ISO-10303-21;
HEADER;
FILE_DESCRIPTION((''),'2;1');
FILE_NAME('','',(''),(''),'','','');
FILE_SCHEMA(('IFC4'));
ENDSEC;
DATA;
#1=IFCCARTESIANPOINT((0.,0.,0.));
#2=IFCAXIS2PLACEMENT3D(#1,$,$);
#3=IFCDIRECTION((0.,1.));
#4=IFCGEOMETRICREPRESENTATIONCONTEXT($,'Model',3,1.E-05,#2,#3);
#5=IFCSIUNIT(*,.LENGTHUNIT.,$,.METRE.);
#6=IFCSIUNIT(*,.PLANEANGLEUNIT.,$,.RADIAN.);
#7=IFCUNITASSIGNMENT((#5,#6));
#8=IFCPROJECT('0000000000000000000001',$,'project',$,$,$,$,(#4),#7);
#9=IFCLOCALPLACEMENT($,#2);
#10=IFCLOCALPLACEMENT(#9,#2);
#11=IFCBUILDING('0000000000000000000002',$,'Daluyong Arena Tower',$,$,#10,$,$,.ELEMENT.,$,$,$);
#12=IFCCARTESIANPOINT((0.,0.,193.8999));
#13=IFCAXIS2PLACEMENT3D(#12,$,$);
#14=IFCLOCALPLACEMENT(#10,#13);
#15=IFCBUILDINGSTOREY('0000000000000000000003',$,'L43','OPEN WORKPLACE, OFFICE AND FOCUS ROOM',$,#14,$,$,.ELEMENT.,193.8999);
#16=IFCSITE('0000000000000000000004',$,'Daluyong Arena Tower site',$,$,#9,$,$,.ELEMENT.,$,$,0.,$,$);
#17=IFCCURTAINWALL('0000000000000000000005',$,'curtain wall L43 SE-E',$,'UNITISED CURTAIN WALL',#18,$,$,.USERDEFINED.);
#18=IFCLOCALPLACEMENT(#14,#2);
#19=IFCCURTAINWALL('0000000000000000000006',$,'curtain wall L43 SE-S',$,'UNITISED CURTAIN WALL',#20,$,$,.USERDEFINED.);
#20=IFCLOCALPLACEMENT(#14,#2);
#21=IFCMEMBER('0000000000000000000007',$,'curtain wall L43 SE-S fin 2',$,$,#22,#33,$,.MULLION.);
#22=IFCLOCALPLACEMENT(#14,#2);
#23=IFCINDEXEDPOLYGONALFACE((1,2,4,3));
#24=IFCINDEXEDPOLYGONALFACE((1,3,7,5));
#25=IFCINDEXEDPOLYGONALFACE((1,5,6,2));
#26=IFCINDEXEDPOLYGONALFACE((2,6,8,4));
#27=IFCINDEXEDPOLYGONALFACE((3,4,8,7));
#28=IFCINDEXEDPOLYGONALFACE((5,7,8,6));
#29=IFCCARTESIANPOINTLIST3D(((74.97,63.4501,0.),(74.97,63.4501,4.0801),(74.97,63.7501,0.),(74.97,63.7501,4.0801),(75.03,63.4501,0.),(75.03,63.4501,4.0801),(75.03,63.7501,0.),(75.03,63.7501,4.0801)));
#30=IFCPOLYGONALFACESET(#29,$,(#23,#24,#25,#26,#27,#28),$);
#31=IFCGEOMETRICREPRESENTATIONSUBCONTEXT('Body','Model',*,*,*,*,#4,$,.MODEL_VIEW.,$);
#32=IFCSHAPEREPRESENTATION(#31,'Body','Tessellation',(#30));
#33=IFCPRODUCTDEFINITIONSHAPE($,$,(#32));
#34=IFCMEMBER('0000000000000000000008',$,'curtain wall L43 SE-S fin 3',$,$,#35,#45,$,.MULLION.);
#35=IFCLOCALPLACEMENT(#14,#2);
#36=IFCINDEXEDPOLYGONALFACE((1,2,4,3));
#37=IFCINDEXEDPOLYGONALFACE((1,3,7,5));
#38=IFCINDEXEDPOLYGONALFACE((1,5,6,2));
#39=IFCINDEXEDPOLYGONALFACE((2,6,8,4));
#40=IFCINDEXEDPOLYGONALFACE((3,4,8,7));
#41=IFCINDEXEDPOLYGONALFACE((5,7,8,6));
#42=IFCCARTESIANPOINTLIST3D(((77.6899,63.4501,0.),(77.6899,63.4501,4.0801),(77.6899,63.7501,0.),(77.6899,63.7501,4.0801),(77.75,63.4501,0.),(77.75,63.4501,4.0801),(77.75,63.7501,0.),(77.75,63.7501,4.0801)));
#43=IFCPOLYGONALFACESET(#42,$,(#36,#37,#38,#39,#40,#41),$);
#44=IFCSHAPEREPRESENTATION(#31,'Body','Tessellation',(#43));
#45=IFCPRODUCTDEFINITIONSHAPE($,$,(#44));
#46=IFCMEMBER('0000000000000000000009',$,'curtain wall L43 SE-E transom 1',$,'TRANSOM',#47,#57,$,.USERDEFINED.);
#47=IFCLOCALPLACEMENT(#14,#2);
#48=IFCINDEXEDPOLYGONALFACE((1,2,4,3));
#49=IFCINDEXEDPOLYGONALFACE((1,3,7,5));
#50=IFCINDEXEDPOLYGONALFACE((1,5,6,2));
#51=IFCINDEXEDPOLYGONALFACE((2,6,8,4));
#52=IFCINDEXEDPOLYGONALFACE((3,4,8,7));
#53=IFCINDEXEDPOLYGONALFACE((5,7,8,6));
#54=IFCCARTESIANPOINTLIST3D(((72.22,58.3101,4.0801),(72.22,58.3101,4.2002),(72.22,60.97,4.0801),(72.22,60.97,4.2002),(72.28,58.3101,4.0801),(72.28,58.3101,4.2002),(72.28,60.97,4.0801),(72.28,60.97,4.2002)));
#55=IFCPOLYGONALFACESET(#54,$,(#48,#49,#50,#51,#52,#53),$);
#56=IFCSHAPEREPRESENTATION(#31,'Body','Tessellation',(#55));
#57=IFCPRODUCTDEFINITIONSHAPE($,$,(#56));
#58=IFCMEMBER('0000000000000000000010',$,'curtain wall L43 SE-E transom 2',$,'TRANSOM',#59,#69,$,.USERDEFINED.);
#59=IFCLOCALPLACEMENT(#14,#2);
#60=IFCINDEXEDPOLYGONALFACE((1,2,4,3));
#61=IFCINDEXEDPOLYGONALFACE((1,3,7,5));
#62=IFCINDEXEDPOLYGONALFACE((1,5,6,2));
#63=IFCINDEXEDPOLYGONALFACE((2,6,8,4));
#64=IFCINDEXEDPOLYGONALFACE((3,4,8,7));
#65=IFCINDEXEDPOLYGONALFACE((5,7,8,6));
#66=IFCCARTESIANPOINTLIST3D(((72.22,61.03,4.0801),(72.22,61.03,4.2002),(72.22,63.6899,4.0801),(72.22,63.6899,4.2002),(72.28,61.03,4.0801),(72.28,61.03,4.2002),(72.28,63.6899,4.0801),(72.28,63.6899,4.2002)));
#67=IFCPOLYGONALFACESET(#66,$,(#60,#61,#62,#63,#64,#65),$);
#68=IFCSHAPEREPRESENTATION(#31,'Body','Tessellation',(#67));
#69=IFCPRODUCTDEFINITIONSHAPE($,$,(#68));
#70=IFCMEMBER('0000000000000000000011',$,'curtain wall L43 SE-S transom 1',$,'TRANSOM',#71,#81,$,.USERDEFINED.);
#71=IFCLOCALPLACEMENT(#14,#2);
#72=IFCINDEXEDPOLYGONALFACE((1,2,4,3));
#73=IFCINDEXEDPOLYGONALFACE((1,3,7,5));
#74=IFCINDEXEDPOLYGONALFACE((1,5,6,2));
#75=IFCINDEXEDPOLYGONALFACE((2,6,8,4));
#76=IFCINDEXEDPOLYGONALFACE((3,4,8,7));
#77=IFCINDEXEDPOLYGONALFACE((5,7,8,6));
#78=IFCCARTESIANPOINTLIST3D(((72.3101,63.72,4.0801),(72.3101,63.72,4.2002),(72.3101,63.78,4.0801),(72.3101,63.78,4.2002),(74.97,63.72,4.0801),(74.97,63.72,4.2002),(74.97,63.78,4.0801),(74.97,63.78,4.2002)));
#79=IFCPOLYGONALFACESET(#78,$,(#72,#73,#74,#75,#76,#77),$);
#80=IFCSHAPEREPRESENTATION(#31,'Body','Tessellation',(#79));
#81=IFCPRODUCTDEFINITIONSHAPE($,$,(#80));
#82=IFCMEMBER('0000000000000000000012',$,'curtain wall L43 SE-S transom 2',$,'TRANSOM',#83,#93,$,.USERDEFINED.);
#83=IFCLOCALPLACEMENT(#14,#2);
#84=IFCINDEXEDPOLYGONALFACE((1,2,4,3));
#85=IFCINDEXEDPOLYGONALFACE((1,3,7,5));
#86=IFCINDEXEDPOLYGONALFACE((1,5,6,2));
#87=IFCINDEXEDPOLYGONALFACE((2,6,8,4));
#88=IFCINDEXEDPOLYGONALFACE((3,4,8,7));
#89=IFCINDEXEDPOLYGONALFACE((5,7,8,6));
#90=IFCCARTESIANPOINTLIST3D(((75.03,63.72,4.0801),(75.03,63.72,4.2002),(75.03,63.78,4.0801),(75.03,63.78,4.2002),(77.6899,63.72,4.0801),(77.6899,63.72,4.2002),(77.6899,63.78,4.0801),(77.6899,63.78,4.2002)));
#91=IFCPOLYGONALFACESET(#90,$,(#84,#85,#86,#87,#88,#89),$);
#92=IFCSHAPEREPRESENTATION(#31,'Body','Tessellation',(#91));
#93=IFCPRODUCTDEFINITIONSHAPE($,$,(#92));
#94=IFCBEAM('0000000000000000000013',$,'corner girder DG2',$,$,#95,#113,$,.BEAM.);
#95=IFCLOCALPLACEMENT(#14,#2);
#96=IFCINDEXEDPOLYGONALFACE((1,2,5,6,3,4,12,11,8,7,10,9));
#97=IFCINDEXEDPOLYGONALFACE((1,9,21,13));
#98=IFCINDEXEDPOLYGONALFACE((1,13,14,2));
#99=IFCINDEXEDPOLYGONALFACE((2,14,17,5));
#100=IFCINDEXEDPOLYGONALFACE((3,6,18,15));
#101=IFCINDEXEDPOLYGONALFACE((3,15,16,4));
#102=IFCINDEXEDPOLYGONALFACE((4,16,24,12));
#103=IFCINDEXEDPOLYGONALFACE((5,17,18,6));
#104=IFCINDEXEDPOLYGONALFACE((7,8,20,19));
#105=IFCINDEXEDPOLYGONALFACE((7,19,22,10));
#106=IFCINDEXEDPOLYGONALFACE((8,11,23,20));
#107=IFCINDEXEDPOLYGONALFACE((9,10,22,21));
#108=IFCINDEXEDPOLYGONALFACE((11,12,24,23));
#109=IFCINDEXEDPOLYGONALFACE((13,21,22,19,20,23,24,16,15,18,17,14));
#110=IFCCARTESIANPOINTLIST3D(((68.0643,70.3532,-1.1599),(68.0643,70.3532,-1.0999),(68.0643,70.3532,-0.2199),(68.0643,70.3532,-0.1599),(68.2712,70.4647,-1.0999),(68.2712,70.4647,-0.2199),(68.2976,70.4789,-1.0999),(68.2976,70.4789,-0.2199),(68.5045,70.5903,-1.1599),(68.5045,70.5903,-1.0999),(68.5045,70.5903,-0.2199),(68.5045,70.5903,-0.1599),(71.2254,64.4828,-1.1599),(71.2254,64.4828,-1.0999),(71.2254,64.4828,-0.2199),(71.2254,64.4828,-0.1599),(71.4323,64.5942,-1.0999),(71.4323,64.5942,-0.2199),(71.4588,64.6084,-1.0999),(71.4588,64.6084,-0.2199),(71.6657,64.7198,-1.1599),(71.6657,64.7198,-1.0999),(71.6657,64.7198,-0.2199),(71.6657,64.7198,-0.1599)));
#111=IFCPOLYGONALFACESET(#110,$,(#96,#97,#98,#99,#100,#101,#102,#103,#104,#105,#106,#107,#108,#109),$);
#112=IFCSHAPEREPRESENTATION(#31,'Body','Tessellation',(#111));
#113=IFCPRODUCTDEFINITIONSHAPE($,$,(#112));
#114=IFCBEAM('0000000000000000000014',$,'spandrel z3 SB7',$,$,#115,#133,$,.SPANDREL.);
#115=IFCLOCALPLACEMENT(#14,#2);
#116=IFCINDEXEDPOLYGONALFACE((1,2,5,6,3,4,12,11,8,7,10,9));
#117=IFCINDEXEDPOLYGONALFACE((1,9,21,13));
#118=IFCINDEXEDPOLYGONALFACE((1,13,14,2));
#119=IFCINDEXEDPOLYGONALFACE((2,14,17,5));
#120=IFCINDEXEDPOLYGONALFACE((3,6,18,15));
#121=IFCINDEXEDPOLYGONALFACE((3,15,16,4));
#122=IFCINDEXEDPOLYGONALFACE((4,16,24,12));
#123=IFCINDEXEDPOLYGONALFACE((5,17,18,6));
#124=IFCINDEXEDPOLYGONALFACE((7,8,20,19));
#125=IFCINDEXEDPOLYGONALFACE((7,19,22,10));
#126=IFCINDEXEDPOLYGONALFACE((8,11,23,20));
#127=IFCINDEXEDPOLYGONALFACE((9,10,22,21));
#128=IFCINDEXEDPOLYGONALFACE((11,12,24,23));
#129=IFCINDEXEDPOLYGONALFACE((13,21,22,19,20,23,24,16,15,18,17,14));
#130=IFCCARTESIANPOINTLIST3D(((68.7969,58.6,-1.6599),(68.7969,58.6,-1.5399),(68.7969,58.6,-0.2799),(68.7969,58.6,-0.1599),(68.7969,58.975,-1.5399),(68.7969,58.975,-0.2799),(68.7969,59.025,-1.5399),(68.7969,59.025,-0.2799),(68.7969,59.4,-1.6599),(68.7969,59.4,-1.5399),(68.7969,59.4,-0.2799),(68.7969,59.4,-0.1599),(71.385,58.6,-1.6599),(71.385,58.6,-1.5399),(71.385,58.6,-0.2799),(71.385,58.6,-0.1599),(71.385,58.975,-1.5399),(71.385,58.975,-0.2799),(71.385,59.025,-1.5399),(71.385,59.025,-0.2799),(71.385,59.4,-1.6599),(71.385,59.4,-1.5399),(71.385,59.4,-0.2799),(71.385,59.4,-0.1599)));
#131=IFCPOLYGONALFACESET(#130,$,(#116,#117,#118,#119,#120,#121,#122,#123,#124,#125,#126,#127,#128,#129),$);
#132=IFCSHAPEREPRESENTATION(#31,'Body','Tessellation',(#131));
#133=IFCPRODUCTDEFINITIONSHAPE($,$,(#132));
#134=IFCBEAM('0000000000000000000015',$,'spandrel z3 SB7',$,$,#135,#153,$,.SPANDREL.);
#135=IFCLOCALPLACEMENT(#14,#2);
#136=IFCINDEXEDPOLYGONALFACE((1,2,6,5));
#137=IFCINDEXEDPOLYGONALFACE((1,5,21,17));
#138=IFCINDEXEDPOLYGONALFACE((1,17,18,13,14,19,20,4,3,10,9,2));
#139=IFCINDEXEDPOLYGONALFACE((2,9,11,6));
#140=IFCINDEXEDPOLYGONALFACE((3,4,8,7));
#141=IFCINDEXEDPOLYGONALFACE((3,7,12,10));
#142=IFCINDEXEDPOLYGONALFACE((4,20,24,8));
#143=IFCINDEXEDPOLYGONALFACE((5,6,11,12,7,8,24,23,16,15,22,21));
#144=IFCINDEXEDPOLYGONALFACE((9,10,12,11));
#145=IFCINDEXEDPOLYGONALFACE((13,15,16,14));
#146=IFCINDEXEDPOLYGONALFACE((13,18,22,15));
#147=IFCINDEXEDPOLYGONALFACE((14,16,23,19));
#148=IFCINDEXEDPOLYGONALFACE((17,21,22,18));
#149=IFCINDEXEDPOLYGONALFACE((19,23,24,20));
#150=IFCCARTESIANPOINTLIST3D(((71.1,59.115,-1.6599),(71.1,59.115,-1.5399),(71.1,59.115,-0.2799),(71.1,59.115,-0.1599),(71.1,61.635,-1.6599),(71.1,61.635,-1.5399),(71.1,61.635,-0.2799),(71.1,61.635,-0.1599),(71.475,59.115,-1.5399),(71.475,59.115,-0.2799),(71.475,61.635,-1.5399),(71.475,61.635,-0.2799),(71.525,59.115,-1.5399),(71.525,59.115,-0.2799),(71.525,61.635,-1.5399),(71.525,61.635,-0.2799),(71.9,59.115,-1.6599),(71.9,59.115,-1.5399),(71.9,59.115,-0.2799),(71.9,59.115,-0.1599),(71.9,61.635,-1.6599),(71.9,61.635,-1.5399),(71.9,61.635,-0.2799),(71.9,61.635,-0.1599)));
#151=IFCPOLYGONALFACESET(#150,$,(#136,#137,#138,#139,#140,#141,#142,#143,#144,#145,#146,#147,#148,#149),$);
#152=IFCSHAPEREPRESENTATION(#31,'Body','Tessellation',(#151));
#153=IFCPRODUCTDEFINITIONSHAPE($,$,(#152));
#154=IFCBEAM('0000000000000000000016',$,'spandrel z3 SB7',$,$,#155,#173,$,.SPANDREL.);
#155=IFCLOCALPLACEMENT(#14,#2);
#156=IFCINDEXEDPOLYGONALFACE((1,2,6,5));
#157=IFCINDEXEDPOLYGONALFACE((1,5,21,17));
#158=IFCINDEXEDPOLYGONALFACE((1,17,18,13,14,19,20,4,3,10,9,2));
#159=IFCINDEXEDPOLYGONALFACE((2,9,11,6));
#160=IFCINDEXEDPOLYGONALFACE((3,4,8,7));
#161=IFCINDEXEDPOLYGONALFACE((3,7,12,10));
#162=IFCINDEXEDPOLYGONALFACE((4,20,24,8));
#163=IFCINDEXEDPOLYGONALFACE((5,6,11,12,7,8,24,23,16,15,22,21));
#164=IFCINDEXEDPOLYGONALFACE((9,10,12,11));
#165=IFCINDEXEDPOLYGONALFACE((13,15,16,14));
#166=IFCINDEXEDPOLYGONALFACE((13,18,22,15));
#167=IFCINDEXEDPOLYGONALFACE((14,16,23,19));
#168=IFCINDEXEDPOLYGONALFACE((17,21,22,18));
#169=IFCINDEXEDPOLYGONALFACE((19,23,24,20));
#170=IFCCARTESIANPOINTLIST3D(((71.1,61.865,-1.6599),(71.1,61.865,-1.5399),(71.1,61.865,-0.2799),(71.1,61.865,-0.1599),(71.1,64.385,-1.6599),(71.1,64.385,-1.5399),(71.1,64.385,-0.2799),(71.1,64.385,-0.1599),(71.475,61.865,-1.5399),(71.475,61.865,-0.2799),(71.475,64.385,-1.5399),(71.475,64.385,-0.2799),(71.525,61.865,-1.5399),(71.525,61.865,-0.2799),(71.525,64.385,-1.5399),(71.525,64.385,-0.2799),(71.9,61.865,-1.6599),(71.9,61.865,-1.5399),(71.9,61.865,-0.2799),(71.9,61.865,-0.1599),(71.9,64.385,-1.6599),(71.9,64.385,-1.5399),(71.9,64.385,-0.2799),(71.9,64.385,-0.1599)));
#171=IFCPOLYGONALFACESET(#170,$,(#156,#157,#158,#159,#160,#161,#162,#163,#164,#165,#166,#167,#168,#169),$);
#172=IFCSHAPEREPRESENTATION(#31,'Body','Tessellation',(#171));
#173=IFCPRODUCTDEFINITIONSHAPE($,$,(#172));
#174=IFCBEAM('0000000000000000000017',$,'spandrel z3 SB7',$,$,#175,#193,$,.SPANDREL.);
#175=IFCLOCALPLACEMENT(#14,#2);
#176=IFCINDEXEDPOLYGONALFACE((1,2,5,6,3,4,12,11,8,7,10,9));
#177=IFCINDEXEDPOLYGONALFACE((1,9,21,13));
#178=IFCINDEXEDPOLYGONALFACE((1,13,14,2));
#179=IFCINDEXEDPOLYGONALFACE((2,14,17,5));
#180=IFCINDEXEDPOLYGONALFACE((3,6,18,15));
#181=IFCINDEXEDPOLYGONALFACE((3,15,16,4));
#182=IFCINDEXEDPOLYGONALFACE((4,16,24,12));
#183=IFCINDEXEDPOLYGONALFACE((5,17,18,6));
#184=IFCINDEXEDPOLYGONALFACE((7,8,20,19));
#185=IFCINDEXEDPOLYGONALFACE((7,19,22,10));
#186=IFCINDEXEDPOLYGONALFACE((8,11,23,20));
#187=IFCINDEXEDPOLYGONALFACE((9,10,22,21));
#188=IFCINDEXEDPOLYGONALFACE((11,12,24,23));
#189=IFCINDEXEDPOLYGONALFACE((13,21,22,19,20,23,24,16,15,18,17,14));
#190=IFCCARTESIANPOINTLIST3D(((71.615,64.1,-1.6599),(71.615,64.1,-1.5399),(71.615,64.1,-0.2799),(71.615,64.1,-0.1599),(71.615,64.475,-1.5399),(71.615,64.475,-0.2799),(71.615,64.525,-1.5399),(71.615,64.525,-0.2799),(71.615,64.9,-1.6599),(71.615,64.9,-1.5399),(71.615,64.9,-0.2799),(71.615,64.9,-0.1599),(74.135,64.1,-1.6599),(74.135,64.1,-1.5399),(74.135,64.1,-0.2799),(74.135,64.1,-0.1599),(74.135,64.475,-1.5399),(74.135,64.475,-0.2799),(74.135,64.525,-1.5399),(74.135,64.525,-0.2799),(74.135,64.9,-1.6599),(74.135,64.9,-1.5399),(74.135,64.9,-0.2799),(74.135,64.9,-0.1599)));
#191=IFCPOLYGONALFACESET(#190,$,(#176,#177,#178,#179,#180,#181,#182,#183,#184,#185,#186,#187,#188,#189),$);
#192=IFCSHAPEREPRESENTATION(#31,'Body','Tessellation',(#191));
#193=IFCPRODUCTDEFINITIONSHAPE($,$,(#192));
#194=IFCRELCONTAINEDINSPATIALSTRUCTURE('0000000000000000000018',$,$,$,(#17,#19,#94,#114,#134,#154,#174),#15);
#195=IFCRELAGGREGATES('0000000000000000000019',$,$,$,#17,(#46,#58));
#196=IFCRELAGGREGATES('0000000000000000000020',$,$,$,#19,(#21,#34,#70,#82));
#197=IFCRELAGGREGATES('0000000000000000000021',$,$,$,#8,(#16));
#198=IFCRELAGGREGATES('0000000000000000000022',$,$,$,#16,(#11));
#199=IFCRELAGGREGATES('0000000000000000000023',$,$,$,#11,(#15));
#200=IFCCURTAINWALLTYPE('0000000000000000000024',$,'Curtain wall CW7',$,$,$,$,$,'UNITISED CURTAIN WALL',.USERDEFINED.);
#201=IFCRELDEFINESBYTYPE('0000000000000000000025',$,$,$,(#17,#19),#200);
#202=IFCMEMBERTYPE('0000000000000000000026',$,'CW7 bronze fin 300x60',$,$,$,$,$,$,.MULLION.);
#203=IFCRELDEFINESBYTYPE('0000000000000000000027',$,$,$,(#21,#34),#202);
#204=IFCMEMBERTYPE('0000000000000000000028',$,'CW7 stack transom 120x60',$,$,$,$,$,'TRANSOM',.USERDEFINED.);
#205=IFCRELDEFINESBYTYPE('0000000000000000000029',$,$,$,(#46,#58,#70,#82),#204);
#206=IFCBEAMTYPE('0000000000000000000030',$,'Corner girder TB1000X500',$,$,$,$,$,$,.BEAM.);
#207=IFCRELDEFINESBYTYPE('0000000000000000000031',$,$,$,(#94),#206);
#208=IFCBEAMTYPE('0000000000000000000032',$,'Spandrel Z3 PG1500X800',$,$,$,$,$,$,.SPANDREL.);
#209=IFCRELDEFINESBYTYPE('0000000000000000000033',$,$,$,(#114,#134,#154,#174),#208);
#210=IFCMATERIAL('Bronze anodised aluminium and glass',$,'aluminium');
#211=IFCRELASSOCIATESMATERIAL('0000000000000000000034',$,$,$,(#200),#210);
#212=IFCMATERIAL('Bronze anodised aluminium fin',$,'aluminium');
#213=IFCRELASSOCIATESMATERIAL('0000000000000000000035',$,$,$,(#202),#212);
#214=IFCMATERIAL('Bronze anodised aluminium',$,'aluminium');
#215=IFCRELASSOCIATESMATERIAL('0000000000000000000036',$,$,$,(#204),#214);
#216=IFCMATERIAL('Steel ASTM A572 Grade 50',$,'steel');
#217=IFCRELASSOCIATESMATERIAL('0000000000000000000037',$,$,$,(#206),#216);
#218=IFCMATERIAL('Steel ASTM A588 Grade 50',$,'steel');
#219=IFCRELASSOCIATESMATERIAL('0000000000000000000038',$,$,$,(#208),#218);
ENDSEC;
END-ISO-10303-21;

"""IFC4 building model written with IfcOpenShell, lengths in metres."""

from ifc_helpers import new_model, si_unit, direction, frame, origin, origin_2d, place, context, subcontext, project, spatial, rectangle, i_section, extrude, material, material_profile, profile_set, type_object, element, aggregate, save


model = new_model("IFC4")

# Units and contexts
model_context = context("Model", 3, precision=1e-05, world=origin(), true_north=direction((0.0, 1.0)))
body_context = subcontext(model_context, "Body", "Model", "MODEL_VIEW")
ifc_project = project(units=[si_unit("LENGTHUNIT", "METRE"), si_unit("PLANEANGLEUNIT", "RADIAN")], contexts=[model_context])

# Site, building, storey
site_placement = place(None, origin())
site = spatial("IfcSite", under=ifc_project, at=site_placement, Name="Daluyong Arena Tower site", CompositionType="ELEMENT", RefElevation=0.0)
building_placement = place(site_placement, origin())
building = spatial("IfcBuilding", under=site, at=building_placement, Name="Daluyong Arena Tower", CompositionType="ELEMENT")
storey_placement = place(building_placement, frame((0.0, 0.0, 193.8999)))
storey = spatial("IfcBuildingStorey", under=building, at=storey_placement, Name="L43", Description="OPEN WORKPLACE, OFFICE AND FOCUS ROOM", CompositionType="ELEMENT", Elevation=193.8999)

# Curtain walls, members
ifc_material_1 = material(Name="Bronze anodised aluminium and glass", Category="aluminium")
curtain_wall_type_1 = type_object("IfcCurtainWallType", Name="Curtain wall CW7", ElementType="UNITISED CURTAIN WALL", PredefinedType="USERDEFINED", material=ifc_material_1)
curtain_wall_1_placement = place(storey_placement, origin())
curtain_wall_1 = element("IfcCurtainWall", 1, at=curtain_wall_1_placement, inside=storey, type_object=curtain_wall_type_1, Name="curtain wall L43 SE-E", ObjectType="UNITISED CURTAIN WALL", PredefinedType="USERDEFINED")
ifc_material_2 = material(Name="Bronze anodised aluminium fin", Category="aluminium")
ifc_material_profile_1 = material_profile(ifc_material_2, rectangle(XDim=0.3, YDim=0.0601, at=origin_2d()))
ifc_profile_set_1 = profile_set([ifc_material_profile_1], Name="Bronze anodised aluminium fin")
member_type_1 = type_object("IfcMemberType", Name="CW7 bronze fin 300x60", PredefinedType="MULLION", material=ifc_profile_set_1)
curtain_wall_2_placement = place(storey_placement, origin())
curtain_wall_2 = element("IfcCurtainWall", 2, at=curtain_wall_2_placement, inside=storey, type_object=curtain_wall_type_1, Name="curtain wall L43 SE-S", ObjectType="UNITISED CURTAIN WALL", PredefinedType="USERDEFINED")
member_1_placement = place(storey_placement, frame((75.0, 63.6001, 0.0), z_axis=(0.0, 0.0, 1.0), x_axis=(0.0, 1.0, 0.0)))
member_1 = element("IfcMember", 3, at=member_1_placement, type_object=member_type_1, Name="curtain wall L43 SE-S fin 2", PredefinedType="MULLION", context=body_context, shape_type="SweptSolid", body=[
    extrude(rectangle(XDim=0.3, YDim=0.0601, at=origin_2d()), origin(), (0.0, 0.0, 1.0), 4.0801),
])
member_2_placement = place(storey_placement, frame((77.72, 63.6001, 0.0), z_axis=(0.0, 0.0, 1.0), x_axis=(0.0, 1.0, 0.0)))
member_2 = element("IfcMember", 4, at=member_2_placement, type_object=member_type_1, Name="curtain wall L43 SE-S fin 3", PredefinedType="MULLION", context=body_context, shape_type="SweptSolid", body=[
    extrude(rectangle(XDim=0.3, YDim=0.0601, at=origin_2d()), origin(), (0.0, 0.0, 1.0), 4.0801),
])

# Members
ifc_material_3 = material(Name="Bronze anodised aluminium", Category="aluminium")
ifc_material_profile_2 = material_profile(ifc_material_3, rectangle(XDim=0.0601, YDim=0.1201, at=origin_2d()))
ifc_profile_set_2 = profile_set([ifc_material_profile_2], Name="Bronze anodised aluminium")
member_type_2 = type_object("IfcMemberType", Name="CW7 stack transom 120x60", ElementType="TRANSOM", PredefinedType="USERDEFINED", material=ifc_profile_set_2)
member_3_placement = place(storey_placement, frame((72.25, 58.3101, 4.1401), z_axis=(0.0, 1.0, 0.0), x_axis=(-1.0, 0.0, 0.0)))
member_3 = element("IfcMember", 5, at=member_3_placement, type_object=member_type_2, Name="curtain wall L43 SE-E transom 1", ObjectType="TRANSOM", PredefinedType="USERDEFINED", context=body_context, shape_type="SweptSolid", body=[
    extrude(rectangle(XDim=0.0601, YDim=0.1201, at=origin_2d()), origin(), (0.0, 0.0, 1.0), 2.6599),
])
member_4_placement = place(storey_placement, frame((72.25, 61.03, 4.1401), z_axis=(0.0, 1.0, 0.0), x_axis=(-1.0, 0.0, 0.0)))
member_4 = element("IfcMember", 6, at=member_4_placement, type_object=member_type_2, Name="curtain wall L43 SE-E transom 2", ObjectType="TRANSOM", PredefinedType="USERDEFINED", context=body_context, shape_type="SweptSolid", body=[
    extrude(rectangle(XDim=0.0601, YDim=0.1201, at=origin_2d()), origin(), (0.0, 0.0, 1.0), 2.6599),
])
member_5_placement = place(storey_placement, frame((72.3101, 63.75, 4.1401), z_axis=(1.0, 0.0, 0.0), x_axis=(0.0, 1.0, 0.0)))
member_5 = element("IfcMember", 7, at=member_5_placement, type_object=member_type_2, Name="curtain wall L43 SE-S transom 1", ObjectType="TRANSOM", PredefinedType="USERDEFINED", context=body_context, shape_type="SweptSolid", body=[
    extrude(rectangle(XDim=0.0601, YDim=0.1201, at=origin_2d()), origin(), (0.0, 0.0, 1.0), 2.6599),
])
member_6_placement = place(storey_placement, frame((75.03, 63.75, 4.1401), z_axis=(1.0, 0.0, 0.0), x_axis=(0.0, 1.0, 0.0)))
member_6 = element("IfcMember", 8, at=member_6_placement, type_object=member_type_2, Name="curtain wall L43 SE-S transom 2", ObjectType="TRANSOM", PredefinedType="USERDEFINED", context=body_context, shape_type="SweptSolid", body=[
    extrude(rectangle(XDim=0.0601, YDim=0.1201, at=origin_2d()), origin(), (0.0, 0.0, 1.0), 2.6599),
])

# Beams
ifc_material_4 = material(Name="Steel ASTM A572 Grade 50", Category="steel")
ifc_material_profile_3 = material_profile(ifc_material_4, i_section(OverallWidth=0.5, OverallDepth=1.0, WebThickness=0.03, FlangeThickness=0.06, at=origin_2d()))
ifc_profile_set_3 = profile_set([ifc_material_profile_3], Name="Steel ASTM A572 Grade 50")
beam_type_1 = type_object("IfcBeamType", Name="Corner girder TB1000X500", PredefinedType="BEAM", material=ifc_profile_set_3)
beam_1_placement = place(storey_placement, frame((71.4456, 64.6013, -0.6599), z_axis=(-0.474119, 0.880461, 0.0), x_axis=(-0.880461, -0.474119, 0.0)))
element("IfcBeam", 9, at=beam_1_placement, inside=storey, type_object=beam_type_1, Name="corner girder DG2", PredefinedType="BEAM", context=body_context, shape_type="SweptSolid", body=[
    extrude(i_section(OverallWidth=0.5, OverallDepth=1.0, WebThickness=0.03, FlangeThickness=0.06, at=origin_2d()), origin(), (0.0, 0.0, 1.0), 6.6675),
])
ifc_material_5 = material(Name="Steel ASTM A588 Grade 50", Category="steel")
ifc_material_profile_4 = material_profile(ifc_material_5, i_section(OverallWidth=0.8, OverallDepth=1.5, WebThickness=0.05, FlangeThickness=0.12, at=origin_2d()))
ifc_profile_set_4 = profile_set([ifc_material_profile_4], Name="Steel ASTM A588 Grade 50")
beam_type_2 = type_object("IfcBeamType", Name="Spandrel Z3 PG1500X800", PredefinedType="SPANDREL", material=ifc_profile_set_4)
beam_2_placement = place(storey_placement, frame((68.7969, 59.0, -0.9099), z_axis=(1.0, 0.0, 0.0), x_axis=(0.0, 1.0, 0.0)))
element("IfcBeam", 10, at=beam_2_placement, inside=storey, type_object=beam_type_2, Name="spandrel z3 SB7", PredefinedType="SPANDREL", context=body_context, shape_type="SweptSolid", body=[
    extrude(i_section(OverallWidth=0.8, OverallDepth=1.5, WebThickness=0.05, FlangeThickness=0.12, at=origin_2d()), origin(), (0.0, 0.0, 1.0), 2.5881),
])
for number, where, z_axis, x_axis, name in (
    (11, (71.5, 59.115, -0.9099), (0.0, 1.0, 0.0), (-1.0, 0.0, 0.0), "spandrel z3 SB7"),
    (12, (71.5, 61.865, -0.9099), (0.0, 1.0, 0.0), (-1.0, 0.0, 0.0), "spandrel z3 SB7"),
    (13, (71.615, 64.5, -0.9099), (1.0, 0.0, 0.0), (0.0, 1.0, 0.0), "spandrel z3 SB7"),
):
    element("IfcBeam", number, at=place(storey_placement, frame(where, z_axis=z_axis, x_axis=x_axis)), inside=storey, type_object=beam_type_2, Name=name, PredefinedType="SPANDREL", context=body_context, shape_type="SweptSolid", body=[
        extrude(i_section(OverallWidth=0.8, OverallDepth=1.5, WebThickness=0.05, FlangeThickness=0.12, at=origin_2d()), origin(), (0.0, 0.0, 1.0), 2.52),
    ])

aggregate(curtain_wall_1, [member_3, member_4])
aggregate(curtain_wall_2, [member_1, member_2, member_5, member_6])

save(model, "model.ifc")
